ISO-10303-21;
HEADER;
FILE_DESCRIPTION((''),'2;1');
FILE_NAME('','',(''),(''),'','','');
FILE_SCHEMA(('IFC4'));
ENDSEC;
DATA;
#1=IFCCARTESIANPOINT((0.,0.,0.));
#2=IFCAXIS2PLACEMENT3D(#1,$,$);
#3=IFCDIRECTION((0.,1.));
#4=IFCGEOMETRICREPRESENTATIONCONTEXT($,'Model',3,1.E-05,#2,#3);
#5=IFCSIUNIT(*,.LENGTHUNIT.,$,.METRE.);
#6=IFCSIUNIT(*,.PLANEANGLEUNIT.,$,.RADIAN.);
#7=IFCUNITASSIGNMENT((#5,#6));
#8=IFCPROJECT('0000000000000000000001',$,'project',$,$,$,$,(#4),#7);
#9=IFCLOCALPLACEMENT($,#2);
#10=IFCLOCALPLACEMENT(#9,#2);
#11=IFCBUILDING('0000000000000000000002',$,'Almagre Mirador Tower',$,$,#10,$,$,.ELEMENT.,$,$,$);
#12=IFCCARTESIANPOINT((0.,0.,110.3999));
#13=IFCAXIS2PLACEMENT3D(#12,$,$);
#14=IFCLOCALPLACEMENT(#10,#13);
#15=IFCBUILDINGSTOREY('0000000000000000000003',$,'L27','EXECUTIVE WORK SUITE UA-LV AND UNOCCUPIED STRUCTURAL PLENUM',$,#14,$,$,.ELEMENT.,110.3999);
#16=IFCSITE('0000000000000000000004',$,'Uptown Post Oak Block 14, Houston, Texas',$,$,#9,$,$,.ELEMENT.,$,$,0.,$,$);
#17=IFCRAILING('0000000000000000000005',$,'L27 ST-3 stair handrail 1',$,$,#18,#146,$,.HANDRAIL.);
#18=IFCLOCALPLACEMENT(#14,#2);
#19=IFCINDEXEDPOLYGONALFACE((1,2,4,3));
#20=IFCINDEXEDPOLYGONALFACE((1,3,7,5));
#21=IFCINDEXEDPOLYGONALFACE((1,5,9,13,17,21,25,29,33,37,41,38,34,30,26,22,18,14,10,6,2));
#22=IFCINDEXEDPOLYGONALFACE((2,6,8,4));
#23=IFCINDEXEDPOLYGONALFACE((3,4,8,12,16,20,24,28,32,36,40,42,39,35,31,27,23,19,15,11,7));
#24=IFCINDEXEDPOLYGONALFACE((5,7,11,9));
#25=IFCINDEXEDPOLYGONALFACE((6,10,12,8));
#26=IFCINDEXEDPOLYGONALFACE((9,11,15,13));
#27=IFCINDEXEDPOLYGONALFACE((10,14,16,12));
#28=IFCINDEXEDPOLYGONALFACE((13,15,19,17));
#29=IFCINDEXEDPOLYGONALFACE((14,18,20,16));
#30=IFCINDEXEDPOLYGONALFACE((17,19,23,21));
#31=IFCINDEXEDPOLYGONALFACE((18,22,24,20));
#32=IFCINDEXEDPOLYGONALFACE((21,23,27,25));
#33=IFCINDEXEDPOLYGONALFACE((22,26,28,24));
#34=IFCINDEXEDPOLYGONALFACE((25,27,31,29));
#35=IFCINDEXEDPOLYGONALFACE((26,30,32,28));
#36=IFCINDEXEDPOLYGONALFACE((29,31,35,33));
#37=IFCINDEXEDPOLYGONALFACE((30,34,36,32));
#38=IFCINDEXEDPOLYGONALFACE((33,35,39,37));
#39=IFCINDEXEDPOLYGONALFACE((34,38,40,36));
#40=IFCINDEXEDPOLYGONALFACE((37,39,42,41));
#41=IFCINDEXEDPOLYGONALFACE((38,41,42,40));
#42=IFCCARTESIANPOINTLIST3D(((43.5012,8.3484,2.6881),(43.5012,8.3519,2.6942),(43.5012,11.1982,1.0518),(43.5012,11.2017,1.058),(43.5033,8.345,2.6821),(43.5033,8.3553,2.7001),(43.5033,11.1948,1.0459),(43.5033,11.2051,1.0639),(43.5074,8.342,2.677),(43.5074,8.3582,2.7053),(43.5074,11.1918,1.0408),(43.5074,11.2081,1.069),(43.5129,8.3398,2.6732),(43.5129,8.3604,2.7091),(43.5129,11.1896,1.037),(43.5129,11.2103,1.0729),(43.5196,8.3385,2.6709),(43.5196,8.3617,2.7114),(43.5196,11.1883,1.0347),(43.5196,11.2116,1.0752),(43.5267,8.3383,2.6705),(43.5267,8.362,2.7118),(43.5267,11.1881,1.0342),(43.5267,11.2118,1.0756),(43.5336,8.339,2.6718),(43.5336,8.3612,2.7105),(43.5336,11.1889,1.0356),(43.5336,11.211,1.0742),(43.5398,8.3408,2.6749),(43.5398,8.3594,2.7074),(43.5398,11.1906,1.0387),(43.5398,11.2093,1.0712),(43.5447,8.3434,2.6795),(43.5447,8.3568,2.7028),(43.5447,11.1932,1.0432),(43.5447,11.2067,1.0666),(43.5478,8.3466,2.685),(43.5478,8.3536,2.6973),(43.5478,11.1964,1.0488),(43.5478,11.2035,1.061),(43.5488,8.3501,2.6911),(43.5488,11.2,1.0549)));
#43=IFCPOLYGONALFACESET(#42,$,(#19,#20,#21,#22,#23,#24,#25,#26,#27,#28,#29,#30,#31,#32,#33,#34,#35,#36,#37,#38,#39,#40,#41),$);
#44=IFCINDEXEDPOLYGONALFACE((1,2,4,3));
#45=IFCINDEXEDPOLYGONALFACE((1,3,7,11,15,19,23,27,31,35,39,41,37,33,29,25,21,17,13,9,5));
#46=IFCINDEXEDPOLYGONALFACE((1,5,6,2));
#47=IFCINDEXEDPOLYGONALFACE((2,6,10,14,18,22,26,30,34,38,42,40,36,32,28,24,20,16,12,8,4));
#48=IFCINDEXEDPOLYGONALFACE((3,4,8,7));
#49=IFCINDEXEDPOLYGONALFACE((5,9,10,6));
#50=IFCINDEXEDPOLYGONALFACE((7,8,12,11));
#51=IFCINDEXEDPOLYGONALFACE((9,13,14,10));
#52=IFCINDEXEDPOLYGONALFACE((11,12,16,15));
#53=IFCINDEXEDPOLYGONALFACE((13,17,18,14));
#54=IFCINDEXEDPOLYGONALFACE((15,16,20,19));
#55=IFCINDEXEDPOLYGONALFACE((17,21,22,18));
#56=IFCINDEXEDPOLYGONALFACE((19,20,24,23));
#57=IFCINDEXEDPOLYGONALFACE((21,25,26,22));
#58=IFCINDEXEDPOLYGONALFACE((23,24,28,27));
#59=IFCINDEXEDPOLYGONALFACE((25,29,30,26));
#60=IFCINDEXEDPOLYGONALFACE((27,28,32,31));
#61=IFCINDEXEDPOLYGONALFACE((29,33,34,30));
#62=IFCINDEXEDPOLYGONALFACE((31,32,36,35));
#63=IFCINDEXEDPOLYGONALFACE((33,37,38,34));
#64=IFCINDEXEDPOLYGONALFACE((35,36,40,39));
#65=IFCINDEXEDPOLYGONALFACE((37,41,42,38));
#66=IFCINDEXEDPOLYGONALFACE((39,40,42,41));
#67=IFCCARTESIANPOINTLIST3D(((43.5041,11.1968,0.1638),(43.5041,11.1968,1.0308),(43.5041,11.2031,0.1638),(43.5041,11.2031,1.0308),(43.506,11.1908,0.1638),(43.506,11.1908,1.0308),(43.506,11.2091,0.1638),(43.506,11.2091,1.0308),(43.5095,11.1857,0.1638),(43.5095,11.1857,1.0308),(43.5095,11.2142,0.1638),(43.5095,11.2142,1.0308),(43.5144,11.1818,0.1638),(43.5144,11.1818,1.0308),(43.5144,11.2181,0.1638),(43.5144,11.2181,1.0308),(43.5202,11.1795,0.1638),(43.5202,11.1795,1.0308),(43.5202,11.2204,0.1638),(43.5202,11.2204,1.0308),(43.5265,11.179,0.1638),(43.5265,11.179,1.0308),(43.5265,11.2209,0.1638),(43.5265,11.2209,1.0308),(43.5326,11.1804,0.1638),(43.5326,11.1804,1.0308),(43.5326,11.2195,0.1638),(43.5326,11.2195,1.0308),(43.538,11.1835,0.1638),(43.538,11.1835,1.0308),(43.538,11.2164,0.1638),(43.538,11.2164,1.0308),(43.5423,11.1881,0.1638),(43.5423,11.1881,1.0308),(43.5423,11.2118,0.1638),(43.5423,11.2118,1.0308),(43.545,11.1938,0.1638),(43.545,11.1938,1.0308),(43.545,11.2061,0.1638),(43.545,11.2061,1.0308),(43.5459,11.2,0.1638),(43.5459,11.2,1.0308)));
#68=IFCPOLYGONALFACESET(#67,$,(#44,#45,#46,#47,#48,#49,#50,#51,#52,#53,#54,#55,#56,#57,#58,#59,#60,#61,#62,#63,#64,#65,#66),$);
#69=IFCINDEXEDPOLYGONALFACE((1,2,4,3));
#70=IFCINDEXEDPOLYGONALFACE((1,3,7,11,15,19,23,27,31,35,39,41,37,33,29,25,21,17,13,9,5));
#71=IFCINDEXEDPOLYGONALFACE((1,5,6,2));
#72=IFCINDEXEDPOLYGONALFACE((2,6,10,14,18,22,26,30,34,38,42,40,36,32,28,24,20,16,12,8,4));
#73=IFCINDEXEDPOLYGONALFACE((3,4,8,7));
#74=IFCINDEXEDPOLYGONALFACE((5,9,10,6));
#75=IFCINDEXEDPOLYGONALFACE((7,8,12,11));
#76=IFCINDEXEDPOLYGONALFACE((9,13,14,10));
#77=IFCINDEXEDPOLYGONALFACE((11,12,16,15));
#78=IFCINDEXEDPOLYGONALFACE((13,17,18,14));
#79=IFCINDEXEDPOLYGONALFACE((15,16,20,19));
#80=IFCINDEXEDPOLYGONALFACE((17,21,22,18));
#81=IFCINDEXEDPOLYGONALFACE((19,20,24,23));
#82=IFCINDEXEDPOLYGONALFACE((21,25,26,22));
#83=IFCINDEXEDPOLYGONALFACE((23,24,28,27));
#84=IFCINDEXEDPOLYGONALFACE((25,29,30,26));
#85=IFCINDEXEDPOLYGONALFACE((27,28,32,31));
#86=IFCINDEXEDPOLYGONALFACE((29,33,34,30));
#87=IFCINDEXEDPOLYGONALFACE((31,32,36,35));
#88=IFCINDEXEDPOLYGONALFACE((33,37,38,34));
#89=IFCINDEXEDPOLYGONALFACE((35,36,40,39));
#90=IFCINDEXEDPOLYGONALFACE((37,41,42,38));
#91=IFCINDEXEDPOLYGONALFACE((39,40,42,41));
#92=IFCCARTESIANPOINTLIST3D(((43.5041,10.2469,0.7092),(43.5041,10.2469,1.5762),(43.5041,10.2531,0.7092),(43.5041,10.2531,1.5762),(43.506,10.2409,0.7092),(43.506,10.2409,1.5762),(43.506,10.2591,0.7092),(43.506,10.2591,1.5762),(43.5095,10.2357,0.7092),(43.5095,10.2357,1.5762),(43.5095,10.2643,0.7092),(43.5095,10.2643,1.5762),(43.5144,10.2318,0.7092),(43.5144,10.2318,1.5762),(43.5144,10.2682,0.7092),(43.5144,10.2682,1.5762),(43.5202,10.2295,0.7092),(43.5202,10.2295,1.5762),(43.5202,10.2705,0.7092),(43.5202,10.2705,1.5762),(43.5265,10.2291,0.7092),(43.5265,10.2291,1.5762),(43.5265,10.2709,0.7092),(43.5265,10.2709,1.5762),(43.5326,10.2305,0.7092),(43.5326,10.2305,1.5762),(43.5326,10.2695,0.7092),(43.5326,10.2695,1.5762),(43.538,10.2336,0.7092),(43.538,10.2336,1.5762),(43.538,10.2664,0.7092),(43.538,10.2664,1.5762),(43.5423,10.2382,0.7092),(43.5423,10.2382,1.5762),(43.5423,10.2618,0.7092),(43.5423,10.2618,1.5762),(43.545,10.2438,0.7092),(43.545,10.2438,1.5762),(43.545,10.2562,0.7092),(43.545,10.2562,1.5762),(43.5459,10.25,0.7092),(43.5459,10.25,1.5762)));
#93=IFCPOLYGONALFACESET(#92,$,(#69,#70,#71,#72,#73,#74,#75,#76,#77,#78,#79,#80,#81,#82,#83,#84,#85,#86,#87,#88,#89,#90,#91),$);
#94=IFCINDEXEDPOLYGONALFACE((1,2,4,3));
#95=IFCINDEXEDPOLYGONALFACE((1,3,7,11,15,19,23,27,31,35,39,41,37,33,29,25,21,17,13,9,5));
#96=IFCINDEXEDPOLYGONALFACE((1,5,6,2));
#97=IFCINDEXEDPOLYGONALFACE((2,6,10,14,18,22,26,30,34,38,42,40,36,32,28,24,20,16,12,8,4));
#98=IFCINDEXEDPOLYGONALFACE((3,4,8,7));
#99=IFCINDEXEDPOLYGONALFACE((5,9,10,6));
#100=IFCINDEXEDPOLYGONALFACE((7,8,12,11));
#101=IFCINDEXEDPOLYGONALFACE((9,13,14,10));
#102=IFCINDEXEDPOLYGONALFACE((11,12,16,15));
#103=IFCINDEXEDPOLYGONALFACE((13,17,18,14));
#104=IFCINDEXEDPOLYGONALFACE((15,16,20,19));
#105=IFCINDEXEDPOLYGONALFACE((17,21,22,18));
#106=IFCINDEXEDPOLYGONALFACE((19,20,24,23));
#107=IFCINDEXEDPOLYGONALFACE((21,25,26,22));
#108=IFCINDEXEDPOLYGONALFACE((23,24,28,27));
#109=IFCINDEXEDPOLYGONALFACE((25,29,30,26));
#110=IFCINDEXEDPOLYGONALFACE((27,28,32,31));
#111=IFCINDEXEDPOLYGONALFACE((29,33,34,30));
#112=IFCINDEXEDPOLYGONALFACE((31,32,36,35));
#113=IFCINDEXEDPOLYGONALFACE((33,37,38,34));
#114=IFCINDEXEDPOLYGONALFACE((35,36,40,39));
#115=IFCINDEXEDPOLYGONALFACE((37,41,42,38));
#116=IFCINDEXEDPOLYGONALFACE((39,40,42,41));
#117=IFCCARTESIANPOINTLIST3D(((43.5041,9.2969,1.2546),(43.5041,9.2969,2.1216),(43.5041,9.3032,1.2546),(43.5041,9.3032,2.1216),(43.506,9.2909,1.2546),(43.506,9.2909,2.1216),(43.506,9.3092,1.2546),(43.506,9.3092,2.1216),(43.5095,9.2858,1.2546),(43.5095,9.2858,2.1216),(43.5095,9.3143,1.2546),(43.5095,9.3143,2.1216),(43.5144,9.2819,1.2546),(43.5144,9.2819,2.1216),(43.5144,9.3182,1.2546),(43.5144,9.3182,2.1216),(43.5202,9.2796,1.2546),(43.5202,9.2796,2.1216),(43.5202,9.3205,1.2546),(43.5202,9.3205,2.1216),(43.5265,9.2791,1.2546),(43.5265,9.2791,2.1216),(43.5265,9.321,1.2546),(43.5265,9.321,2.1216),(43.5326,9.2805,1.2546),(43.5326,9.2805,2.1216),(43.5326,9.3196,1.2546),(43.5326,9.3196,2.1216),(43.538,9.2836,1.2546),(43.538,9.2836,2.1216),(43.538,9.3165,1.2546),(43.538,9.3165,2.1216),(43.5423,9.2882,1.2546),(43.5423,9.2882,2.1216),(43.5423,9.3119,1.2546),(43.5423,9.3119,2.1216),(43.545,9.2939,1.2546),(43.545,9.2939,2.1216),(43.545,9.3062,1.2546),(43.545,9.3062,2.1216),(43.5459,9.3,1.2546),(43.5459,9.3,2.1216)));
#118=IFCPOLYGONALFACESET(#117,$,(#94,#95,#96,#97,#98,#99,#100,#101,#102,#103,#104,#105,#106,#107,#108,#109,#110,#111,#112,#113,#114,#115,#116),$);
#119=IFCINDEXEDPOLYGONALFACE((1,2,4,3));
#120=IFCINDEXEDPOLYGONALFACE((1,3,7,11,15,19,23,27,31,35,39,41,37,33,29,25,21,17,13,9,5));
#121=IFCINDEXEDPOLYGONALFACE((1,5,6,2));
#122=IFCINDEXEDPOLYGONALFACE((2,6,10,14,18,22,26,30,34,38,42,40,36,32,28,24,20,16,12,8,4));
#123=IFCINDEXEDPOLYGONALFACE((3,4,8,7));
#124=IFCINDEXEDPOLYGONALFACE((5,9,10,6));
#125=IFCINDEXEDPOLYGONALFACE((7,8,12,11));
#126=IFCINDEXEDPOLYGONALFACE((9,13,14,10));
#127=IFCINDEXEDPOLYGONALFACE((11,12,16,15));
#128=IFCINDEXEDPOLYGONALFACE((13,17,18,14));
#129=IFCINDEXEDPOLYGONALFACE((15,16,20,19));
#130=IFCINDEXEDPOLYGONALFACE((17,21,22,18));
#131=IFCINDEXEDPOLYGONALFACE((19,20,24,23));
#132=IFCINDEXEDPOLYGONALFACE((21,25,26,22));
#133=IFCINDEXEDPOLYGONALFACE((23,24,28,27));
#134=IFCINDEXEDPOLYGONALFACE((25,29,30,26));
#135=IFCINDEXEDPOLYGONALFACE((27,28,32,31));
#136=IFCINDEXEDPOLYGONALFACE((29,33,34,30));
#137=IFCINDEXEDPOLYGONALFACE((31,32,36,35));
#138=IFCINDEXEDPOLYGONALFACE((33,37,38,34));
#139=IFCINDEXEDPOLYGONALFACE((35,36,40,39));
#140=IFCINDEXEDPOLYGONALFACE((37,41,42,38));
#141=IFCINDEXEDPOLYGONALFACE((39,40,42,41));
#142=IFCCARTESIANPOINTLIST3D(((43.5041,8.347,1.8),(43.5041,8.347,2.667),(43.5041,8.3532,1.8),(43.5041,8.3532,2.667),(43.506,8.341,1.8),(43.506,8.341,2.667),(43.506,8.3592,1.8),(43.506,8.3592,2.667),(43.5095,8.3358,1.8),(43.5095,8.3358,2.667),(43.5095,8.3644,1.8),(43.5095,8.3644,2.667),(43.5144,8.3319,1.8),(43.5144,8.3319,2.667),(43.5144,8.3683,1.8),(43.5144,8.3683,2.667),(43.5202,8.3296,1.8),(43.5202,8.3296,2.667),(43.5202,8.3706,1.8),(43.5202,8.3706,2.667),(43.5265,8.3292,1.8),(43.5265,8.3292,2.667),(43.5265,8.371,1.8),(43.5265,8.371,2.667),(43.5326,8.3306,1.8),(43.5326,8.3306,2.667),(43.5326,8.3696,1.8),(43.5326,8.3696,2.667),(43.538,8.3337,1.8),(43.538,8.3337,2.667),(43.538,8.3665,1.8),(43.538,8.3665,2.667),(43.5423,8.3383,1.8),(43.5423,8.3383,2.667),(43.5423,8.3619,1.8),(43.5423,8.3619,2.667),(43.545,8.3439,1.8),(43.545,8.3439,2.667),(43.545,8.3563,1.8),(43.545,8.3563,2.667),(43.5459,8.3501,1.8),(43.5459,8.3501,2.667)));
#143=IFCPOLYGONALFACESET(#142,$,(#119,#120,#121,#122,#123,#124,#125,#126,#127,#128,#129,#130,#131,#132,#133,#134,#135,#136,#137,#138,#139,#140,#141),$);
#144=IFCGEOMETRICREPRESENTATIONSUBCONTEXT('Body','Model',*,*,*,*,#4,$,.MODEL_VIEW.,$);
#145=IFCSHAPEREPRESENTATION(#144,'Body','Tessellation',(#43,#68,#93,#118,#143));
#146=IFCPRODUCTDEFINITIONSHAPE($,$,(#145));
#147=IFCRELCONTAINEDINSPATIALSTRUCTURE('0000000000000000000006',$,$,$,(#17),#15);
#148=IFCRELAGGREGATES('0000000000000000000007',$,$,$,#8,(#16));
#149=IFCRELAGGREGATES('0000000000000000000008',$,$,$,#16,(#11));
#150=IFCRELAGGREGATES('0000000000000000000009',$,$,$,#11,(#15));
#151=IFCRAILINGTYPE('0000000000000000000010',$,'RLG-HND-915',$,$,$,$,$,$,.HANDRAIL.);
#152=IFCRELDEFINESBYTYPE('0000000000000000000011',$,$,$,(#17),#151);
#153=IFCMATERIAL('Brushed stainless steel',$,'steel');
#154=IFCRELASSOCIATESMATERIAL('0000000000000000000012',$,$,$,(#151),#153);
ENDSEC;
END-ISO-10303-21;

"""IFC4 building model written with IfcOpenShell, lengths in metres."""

from ifc_helpers import new_model, si_unit, direction, frame, origin, origin_2d, place, context, subcontext, project, spatial, circle, extrude, material, type_object, element, save


model = new_model("IFC4")

# Units and contexts
model_context = context("Model", 3, precision=1e-05, world=origin(), true_north=direction((0.0, 1.0)))
body_context = subcontext(model_context, "Body", "Model", "MODEL_VIEW")
ifc_project = project(units=[si_unit("LENGTHUNIT", "METRE"), si_unit("PLANEANGLEUNIT", "RADIAN")], contexts=[model_context])

# Site, building, storey
site_placement = place(None, origin())
site = spatial("IfcSite", under=ifc_project, at=site_placement, Name="Uptown Post Oak Block 14, Houston, Texas", CompositionType="ELEMENT", RefElevation=0.0)
building_placement = place(site_placement, origin())
building = spatial("IfcBuilding", under=site, at=building_placement, Name="Almagre Mirador Tower", CompositionType="ELEMENT")
storey_placement = place(building_placement, frame((0.0, 0.0, 110.3999)))
storey = spatial("IfcBuildingStorey", under=building, at=storey_placement, Name="L27", Description="EXECUTIVE WORK SUITE UA-LV AND UNOCCUPIED STRUCTURAL PLENUM", CompositionType="ELEMENT", Elevation=110.3999)

# Railing
ifc_material_1 = material(Name="Brushed stainless steel", Category="steel")
railing_type_1 = type_object("IfcRailingType", Name="RLG-HND-915", PredefinedType="HANDRAIL", material=ifc_material_1)
railing_1_placement = place(storey_placement, frame((43.5249, 11.2, 0.1638)))
element("IfcRailing", 1, at=railing_1_placement, inside=storey, type_object=railing_type_1, Name="L27 ST-3 stair handrail 1", PredefinedType="HANDRAIL", context=body_context, shape_type="SweptSolid", body=[
    extrude(circle(Radius=0.0239, at=origin_2d()), frame((0.0, 0.0, 0.8911), z_axis=(0.0, -0.867226, 0.497914), x_axis=(1.0, 0.0, 0.0)), (0.0, 0.0, 1.0), 3.2861),
    extrude(circle(Radius=0.021, at=origin_2d()), origin(), (0.0, 0.0, 1.0), 0.8669),
    extrude(circle(Radius=0.021, at=origin_2d()), frame((0.0, -0.95, 0.5454)), (0.0, 0.0, 1.0), 0.8669),
    extrude(circle(Radius=0.021, at=origin_2d()), frame((0.0, -1.8999, 1.0908)), (0.0, 0.0, 1.0), 0.8669),
    extrude(circle(Radius=0.021, at=origin_2d()), frame((0.0, -2.8499, 1.6362)), (0.0, 0.0, 1.0), 0.8669),
])

save(model, "model.ifc")
